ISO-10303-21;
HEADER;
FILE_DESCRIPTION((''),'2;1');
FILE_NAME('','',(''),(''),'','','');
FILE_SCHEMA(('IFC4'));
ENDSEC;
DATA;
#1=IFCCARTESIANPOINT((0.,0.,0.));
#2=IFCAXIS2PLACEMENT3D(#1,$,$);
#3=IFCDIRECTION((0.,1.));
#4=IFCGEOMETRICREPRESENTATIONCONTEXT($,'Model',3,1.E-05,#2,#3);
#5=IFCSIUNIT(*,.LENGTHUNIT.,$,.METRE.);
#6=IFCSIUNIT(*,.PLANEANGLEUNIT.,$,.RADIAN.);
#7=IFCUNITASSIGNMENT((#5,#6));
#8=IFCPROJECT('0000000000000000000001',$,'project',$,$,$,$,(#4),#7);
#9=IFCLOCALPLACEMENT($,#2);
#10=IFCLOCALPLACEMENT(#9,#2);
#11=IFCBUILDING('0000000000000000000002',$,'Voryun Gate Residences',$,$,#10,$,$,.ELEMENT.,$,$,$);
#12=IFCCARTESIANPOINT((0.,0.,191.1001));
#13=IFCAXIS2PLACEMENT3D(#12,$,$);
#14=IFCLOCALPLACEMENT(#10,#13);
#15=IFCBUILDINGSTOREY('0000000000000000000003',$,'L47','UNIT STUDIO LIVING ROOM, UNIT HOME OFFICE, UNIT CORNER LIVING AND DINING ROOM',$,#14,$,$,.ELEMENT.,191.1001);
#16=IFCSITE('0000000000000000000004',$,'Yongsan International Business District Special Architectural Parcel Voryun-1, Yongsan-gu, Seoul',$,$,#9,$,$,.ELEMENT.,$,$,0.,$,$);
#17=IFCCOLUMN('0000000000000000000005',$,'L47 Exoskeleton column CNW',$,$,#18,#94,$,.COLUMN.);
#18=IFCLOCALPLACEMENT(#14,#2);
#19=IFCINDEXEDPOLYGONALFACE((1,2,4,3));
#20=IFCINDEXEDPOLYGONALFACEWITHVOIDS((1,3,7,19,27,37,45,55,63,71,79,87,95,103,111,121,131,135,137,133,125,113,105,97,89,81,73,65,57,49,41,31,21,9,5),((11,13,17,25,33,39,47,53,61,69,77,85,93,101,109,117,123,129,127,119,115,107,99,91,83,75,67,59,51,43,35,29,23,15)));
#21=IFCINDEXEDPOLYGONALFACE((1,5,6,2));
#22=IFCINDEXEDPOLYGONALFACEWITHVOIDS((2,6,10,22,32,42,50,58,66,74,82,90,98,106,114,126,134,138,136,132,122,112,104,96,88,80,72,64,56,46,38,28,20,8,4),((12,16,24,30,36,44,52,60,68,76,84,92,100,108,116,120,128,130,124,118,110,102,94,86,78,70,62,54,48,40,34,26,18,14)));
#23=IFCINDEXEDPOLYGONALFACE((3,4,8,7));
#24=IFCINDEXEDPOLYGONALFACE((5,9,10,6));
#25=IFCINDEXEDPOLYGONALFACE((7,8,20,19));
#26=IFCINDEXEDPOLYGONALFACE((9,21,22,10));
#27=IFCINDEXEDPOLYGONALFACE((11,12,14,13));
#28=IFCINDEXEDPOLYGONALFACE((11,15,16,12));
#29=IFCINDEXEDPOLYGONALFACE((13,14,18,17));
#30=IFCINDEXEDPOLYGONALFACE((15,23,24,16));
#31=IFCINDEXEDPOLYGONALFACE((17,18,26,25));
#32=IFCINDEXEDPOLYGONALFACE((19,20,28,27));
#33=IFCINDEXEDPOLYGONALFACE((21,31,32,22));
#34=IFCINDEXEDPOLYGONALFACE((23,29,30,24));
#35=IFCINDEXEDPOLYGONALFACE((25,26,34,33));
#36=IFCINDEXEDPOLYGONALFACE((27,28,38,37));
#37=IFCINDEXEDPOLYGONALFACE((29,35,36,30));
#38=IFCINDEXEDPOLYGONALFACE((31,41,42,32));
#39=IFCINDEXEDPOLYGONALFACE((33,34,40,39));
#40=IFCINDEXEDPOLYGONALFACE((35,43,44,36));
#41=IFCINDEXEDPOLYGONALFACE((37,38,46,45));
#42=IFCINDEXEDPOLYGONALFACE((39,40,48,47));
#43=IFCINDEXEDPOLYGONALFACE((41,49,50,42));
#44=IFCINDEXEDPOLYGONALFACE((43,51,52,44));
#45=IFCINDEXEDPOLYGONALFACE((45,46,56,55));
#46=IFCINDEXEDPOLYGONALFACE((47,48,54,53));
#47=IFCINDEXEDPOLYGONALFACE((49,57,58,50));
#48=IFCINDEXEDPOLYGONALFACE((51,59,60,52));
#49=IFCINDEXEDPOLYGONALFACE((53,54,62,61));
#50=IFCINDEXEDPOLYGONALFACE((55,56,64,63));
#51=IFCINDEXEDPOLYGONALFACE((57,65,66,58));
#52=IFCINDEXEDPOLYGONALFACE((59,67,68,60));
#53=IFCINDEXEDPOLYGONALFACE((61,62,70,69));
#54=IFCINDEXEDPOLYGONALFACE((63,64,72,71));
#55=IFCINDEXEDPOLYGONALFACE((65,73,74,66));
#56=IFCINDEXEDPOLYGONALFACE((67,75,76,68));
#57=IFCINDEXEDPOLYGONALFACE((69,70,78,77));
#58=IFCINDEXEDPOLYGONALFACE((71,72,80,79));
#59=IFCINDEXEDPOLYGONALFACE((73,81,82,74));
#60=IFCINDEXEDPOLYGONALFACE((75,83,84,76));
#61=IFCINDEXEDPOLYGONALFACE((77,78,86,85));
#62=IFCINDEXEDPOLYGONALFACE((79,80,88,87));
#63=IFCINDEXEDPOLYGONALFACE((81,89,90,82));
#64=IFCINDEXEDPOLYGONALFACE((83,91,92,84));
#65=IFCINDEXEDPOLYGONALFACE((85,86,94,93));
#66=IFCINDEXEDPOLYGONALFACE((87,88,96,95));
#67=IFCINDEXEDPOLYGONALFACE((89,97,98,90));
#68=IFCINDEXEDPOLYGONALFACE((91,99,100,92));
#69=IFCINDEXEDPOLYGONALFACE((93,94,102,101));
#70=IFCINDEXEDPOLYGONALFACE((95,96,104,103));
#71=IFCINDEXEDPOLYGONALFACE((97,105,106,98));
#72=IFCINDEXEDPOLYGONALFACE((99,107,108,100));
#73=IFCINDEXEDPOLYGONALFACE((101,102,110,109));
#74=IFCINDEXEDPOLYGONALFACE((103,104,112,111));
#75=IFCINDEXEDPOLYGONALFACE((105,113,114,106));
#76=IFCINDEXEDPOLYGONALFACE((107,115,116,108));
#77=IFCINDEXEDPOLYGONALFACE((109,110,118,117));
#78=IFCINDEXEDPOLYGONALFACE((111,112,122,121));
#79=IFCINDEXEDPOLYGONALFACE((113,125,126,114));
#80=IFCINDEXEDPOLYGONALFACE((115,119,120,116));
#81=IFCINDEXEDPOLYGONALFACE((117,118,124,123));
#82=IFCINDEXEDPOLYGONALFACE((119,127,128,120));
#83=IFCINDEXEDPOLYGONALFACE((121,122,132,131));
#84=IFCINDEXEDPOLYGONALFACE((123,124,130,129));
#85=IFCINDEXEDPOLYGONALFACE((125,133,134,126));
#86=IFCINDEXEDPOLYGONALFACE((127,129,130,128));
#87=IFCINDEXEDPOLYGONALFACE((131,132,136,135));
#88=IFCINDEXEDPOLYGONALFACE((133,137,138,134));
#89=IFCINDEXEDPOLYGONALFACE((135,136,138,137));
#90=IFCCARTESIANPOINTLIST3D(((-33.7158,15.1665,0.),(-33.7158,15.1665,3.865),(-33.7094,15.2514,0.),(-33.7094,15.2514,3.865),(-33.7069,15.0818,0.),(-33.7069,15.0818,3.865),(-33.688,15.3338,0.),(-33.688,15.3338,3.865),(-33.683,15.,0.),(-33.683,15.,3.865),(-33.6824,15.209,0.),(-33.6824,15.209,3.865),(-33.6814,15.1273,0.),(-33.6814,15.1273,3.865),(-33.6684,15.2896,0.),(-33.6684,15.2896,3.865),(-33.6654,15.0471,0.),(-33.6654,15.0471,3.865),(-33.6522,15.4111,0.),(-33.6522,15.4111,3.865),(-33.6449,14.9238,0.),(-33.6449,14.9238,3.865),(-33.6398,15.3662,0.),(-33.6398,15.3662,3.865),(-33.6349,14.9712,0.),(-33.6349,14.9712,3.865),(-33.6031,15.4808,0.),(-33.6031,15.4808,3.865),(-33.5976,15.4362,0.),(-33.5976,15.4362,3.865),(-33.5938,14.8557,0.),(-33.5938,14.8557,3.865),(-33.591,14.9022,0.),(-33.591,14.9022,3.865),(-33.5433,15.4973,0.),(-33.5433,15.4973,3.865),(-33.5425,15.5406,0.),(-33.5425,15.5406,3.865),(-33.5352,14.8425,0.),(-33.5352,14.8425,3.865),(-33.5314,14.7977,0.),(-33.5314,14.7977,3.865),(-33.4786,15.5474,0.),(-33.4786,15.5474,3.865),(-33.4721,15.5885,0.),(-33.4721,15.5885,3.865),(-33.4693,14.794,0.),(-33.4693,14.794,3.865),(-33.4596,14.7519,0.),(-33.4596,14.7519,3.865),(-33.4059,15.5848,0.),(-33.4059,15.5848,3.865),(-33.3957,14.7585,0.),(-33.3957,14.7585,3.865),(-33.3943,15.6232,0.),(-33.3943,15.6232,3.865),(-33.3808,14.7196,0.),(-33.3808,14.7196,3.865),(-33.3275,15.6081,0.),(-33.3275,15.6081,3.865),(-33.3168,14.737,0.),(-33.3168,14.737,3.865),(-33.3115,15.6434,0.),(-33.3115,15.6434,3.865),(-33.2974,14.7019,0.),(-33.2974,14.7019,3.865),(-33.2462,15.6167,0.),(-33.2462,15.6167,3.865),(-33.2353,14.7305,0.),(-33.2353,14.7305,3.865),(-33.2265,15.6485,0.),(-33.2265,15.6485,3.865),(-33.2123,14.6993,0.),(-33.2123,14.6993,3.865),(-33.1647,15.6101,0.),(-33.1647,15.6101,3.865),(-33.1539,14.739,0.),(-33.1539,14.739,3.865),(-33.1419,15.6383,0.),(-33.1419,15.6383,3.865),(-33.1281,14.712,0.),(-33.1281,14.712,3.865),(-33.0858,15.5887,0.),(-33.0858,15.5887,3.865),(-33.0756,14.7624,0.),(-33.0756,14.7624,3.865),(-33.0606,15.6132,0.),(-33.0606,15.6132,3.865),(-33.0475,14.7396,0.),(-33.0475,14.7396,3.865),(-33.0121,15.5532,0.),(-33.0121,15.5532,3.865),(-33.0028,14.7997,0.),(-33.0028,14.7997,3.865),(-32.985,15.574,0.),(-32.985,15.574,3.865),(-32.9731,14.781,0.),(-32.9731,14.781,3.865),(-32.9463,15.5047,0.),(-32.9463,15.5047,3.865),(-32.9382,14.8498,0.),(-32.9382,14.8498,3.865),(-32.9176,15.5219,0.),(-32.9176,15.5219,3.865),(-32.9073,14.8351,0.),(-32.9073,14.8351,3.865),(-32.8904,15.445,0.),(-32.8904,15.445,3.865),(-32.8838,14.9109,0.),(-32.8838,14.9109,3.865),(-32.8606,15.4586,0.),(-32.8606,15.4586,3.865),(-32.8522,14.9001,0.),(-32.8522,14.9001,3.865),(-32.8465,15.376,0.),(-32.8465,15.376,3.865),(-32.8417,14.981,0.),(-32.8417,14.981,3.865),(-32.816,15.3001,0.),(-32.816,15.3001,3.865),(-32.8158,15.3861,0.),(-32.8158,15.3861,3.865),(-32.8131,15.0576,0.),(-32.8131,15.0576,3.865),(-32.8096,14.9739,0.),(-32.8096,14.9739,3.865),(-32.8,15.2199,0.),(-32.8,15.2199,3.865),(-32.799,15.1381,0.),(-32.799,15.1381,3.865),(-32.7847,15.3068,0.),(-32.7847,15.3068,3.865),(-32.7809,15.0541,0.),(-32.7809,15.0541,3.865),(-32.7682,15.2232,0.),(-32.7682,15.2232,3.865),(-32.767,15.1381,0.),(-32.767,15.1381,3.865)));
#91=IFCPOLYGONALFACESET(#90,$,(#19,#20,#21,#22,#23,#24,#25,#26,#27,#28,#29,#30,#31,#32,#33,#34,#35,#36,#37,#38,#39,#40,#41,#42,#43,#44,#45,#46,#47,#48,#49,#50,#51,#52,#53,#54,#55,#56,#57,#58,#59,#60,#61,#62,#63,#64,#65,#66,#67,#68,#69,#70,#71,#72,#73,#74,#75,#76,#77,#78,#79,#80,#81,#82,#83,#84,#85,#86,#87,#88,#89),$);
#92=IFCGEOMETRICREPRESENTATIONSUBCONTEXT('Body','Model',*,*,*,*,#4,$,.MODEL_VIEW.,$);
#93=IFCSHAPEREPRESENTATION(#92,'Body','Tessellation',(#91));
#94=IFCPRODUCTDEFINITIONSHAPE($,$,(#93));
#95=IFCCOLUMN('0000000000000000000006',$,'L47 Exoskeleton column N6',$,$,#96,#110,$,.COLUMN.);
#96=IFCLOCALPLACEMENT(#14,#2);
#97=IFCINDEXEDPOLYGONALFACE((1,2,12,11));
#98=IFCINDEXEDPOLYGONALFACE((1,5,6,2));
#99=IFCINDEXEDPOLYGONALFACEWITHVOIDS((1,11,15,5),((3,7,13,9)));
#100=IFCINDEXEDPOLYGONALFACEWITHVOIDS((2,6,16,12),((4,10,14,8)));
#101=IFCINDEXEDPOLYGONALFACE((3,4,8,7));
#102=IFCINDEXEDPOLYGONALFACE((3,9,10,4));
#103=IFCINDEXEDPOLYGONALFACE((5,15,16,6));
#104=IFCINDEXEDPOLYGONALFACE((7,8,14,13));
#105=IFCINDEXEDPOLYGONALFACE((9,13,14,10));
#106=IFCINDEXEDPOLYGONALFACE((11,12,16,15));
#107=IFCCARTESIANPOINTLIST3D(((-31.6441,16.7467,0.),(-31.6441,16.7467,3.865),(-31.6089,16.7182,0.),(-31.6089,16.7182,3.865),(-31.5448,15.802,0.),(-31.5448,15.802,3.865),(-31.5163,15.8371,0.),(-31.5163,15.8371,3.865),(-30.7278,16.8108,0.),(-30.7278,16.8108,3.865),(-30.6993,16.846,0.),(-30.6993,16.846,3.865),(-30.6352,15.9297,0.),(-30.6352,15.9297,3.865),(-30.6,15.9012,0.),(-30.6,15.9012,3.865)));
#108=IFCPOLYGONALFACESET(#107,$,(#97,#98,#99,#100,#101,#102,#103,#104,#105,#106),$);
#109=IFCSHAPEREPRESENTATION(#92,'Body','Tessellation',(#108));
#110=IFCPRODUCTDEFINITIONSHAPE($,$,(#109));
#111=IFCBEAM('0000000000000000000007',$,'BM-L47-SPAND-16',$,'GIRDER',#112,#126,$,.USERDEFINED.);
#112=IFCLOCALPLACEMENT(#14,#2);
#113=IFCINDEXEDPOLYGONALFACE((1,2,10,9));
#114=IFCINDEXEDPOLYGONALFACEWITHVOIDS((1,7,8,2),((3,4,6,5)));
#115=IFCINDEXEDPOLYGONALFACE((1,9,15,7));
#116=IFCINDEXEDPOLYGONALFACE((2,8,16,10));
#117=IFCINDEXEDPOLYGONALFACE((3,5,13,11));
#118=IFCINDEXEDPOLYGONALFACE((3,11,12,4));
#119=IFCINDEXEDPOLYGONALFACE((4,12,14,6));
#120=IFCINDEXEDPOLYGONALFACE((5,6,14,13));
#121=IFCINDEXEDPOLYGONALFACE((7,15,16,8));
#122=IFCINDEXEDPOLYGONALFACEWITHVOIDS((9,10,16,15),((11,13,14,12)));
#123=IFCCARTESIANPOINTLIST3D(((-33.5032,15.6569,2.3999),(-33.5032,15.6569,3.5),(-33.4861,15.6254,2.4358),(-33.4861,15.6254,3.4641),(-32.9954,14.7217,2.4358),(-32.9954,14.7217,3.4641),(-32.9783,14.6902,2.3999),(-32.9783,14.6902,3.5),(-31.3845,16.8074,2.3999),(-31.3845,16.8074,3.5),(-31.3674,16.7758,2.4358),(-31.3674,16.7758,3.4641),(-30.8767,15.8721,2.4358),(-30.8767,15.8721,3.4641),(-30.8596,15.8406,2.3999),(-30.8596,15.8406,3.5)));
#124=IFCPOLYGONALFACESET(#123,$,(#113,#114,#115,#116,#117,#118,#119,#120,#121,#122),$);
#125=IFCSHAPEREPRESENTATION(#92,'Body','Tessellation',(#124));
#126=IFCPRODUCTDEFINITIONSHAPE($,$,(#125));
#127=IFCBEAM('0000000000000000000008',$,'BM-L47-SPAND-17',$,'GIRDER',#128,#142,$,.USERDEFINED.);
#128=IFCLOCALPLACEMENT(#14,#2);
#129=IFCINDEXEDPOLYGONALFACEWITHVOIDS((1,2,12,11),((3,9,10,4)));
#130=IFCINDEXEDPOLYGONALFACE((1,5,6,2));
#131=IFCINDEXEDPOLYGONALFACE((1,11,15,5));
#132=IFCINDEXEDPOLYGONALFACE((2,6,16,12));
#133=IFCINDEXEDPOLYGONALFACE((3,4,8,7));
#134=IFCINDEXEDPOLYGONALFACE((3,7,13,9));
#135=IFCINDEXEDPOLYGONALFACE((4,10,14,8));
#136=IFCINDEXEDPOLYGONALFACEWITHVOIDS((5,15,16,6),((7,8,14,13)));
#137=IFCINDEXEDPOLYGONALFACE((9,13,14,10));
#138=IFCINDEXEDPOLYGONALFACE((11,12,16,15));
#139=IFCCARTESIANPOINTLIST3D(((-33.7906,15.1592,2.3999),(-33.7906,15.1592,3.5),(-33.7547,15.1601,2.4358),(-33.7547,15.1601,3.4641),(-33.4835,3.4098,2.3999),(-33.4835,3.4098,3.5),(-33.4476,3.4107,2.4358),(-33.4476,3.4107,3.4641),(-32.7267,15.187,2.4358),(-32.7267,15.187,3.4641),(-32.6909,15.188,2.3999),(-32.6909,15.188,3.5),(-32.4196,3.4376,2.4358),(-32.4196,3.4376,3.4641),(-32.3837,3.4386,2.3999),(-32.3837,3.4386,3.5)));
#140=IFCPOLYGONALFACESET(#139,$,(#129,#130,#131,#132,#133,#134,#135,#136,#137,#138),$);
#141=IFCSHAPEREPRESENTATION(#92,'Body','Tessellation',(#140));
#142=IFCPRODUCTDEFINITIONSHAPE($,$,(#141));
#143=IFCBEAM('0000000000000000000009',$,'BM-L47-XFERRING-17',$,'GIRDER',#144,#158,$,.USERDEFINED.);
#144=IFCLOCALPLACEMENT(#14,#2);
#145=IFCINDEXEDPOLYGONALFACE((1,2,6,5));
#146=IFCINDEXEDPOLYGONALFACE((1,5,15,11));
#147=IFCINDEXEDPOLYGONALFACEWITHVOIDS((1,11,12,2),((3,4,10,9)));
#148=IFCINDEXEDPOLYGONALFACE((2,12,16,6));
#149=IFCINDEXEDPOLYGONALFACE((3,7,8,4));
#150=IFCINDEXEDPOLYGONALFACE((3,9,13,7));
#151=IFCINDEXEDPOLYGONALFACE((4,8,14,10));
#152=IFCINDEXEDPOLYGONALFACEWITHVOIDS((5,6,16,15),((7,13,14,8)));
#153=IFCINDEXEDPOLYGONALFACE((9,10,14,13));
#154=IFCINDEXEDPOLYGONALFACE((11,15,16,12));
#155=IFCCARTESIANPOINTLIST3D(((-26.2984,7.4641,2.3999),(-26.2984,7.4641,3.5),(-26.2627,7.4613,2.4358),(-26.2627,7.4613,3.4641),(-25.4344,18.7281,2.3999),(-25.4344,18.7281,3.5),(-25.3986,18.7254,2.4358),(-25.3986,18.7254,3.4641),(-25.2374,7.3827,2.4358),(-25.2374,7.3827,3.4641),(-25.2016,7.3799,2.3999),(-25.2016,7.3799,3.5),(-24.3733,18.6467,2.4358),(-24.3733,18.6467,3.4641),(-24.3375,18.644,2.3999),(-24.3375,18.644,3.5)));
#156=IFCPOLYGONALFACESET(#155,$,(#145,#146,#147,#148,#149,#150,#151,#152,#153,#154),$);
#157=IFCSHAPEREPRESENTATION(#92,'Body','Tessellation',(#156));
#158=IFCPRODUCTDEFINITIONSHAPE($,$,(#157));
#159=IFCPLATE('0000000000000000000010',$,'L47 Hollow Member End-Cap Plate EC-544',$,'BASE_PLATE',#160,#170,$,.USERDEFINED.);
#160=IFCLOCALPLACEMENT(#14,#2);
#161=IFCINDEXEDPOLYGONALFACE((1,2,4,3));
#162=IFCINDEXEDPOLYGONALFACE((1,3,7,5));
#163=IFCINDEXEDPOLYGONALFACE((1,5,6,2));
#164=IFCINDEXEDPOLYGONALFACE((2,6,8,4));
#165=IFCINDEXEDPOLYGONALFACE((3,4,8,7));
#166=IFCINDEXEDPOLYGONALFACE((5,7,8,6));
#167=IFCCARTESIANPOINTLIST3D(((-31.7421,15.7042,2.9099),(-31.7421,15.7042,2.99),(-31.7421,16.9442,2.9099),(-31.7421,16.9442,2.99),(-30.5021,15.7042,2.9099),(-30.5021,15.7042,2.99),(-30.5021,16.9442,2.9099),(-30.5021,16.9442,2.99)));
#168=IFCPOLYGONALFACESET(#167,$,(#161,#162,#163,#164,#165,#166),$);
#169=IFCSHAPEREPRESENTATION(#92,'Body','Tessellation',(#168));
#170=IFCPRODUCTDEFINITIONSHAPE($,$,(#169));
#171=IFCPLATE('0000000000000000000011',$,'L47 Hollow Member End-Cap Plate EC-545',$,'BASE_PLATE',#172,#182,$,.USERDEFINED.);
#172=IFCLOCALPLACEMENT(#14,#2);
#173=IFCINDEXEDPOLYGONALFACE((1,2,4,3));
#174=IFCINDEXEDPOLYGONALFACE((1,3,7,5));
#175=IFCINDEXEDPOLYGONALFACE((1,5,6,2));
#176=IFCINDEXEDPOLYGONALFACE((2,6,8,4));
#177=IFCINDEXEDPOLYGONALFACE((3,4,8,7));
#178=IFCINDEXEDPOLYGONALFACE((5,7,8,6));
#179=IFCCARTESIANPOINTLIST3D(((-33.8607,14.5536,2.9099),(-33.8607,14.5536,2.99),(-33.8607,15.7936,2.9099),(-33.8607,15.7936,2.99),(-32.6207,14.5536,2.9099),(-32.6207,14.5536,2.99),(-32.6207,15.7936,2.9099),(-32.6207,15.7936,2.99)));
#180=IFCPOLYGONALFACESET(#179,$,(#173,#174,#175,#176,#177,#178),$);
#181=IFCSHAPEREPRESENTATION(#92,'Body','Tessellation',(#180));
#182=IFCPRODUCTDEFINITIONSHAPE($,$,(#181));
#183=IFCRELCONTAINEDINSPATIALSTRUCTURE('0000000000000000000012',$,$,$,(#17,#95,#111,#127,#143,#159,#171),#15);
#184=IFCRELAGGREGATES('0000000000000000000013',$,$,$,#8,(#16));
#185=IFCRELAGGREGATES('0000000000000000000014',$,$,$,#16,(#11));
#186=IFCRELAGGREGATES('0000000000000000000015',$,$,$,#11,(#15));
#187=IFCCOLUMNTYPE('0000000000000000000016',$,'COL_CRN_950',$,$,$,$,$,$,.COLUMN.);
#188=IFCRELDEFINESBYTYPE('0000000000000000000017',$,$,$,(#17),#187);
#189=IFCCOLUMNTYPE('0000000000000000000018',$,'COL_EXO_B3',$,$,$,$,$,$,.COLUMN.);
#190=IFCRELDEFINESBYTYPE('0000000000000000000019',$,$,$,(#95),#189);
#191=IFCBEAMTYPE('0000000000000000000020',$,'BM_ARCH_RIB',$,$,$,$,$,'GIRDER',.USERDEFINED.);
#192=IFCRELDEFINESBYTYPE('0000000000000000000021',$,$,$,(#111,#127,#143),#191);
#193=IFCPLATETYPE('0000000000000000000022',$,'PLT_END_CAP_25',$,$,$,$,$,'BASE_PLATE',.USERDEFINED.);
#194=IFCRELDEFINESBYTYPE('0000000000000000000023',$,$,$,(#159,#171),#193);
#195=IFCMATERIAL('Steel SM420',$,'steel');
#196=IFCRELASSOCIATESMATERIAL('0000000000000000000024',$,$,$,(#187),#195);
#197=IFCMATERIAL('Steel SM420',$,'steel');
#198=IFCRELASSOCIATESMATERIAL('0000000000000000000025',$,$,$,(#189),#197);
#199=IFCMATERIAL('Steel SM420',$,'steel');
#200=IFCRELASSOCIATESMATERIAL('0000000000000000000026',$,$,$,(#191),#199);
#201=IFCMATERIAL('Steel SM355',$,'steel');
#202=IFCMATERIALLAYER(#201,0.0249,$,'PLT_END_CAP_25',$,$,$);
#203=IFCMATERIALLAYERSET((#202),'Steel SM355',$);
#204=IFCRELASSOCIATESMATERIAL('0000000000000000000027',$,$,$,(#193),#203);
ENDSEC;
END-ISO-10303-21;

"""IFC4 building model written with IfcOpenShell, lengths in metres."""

from ifc_helpers import new_model, si_unit, direction, frame, origin, origin_2d, place, context, subcontext, project, spatial, rectangle, hollow_rectangle, hollow_circle, extrude, material, layer, layer_set, material_profile, profile_set, type_object, element, save


model = new_model("IFC4")

# Units and contexts
model_context = context("Model", 3, precision=1e-05, world=origin(), true_north=direction((0.0, 1.0)))
body_context = subcontext(model_context, "Body", "Model", "MODEL_VIEW")
ifc_project = project(units=[si_unit("LENGTHUNIT", "METRE"), si_unit("PLANEANGLEUNIT", "RADIAN")], contexts=[model_context])

# Site, building, storey
site_placement = place(None, origin())
site = spatial("IfcSite", under=ifc_project, at=site_placement, Name="Yongsan International Business District Special Architectural Parcel Voryun-1, Yongsan-gu, Seoul", CompositionType="ELEMENT", RefElevation=0.0)
building_placement = place(site_placement, origin())
building = spatial("IfcBuilding", under=site, at=building_placement, Name="Voryun Gate Residences", CompositionType="ELEMENT")
storey_placement = place(building_placement, frame((0.0, 0.0, 191.1001)))
storey = spatial("IfcBuildingStorey", under=building, at=storey_placement, Name="L47", Description="UNIT STUDIO LIVING ROOM, UNIT HOME OFFICE, UNIT CORNER LIVING AND DINING ROOM", CompositionType="ELEMENT", Elevation=191.1001)

# Columns
ifc_material_1 = material(Name="Steel SM420", Category="steel")
ifc_material_profile_1 = material_profile(ifc_material_1, hollow_circle(Radius=0.4751, WallThickness=0.032, at=origin_2d()), Name="CHS-950x32")
ifc_profile_set_1 = profile_set([ifc_material_profile_1], Name="Steel SM420")
column_type_1 = type_object("IfcColumnType", Name="COL_CRN_950", PredefinedType="COLUMN", material=ifc_profile_set_1)
column_1_placement = place(storey_placement, frame((-33.2407, 15.1736, 0.0), z_axis=(0.0, 0.0, 1.0), x_axis=(0.994522, 0.104528, 0.0)))
element("IfcColumn", 1, at=column_1_placement, inside=storey, type_object=column_type_1, Name="L47 Exoskeleton column CNW", PredefinedType="COLUMN", context=body_context, shape_type="SweptSolid", body=[
    extrude(hollow_circle(Radius=0.4751, WallThickness=0.032, at=origin_2d()), origin(), (0.0, 0.0, 1.0), 3.865),
])
ifc_material_2 = material(Name="Steel SM420", Category="steel")
ifc_material_profile_2 = material_profile(ifc_material_2, hollow_rectangle(XDim=0.95, YDim=0.95, WallThickness=0.032, at=origin_2d()), Name="BOX-950x950x32")
ifc_profile_set_2 = profile_set([ifc_material_profile_2], Name="Steel SM420")
column_type_2 = type_object("IfcColumnType", Name="COL_EXO_B3", PredefinedType="COLUMN", material=ifc_profile_set_2)
column_2_placement = place(storey_placement, frame((-31.1221, 16.324, 0.0), z_axis=(0.0, 0.0, 1.0), x_axis=(0.994522, 0.104528, 0.0)))
element("IfcColumn", 2, at=column_2_placement, inside=storey, type_object=column_type_2, Name="L47 Exoskeleton column N6", PredefinedType="COLUMN", context=body_context, shape_type="SweptSolid", body=[
    extrude(hollow_rectangle(XDim=0.95, YDim=0.95, WallThickness=0.032, at=origin_2d()), origin(), (0.0, 0.0, 1.0), 3.865),
])

# Beams
ifc_material_3 = material(Name="Steel SM420", Category="steel")
ifc_material_profile_3 = material_profile(ifc_material_3, hollow_rectangle(XDim=1.1001, YDim=1.1001, WallThickness=0.0359, at=origin_2d()), Name="BOX-1100x1100x36")
ifc_profile_set_3 = profile_set([ifc_material_profile_3], Name="Steel SM420")
beam_type = type_object("IfcBeamType", Name="BM_ARCH_RIB", ElementType="GIRDER", PredefinedType="USERDEFINED", material=ifc_profile_set_3)
beam_1_placement = place(storey_placement, frame((-31.1221, 16.324, 2.95), z_axis=(-0.878807, -0.477177, 0.0), x_axis=(0.477177, -0.878807, 0.0)))
element("IfcBeam", 3, at=beam_1_placement, inside=storey, type_object=beam_type, Name="BM-L47-SPAND-16", ObjectType="GIRDER", PredefinedType="USERDEFINED", context=body_context, shape_type="SweptSolid", body=[
    extrude(hollow_rectangle(XDim=1.1001, YDim=1.1001, WallThickness=0.0359, at=origin_2d()), origin(), (0.0, 0.0, 1.0), 2.4109),
])
beam_2_placement = place(storey_placement, frame((-33.2407, 15.1736, 2.95), z_axis=(0.026131, -0.999659, 0.0), x_axis=(0.999659, 0.026131, 0.0)))
element("IfcBeam", 4, at=beam_2_placement, inside=storey, type_object=beam_type, Name="BM-L47-SPAND-17", ObjectType="GIRDER", PredefinedType="USERDEFINED", context=body_context, shape_type="SweptSolid", body=[
    extrude(hollow_rectangle(XDim=1.1001, YDim=1.1001, WallThickness=0.0359, at=origin_2d()), origin(), (0.0, 0.0, 1.0), 11.7534),
])
beam_3_placement = place(storey_placement, frame((-24.886, 18.686, 2.95), z_axis=(-0.076482, -0.997071, 0.0), x_axis=(0.997071, -0.076482, 0.0)))
element("IfcBeam", 5, at=beam_3_placement, inside=storey, type_object=beam_type, Name="BM-L47-XFERRING-17", ObjectType="GIRDER", PredefinedType="USERDEFINED", context=body_context, shape_type="SweptSolid", body=[
    extrude(hollow_rectangle(XDim=1.1001, YDim=1.1001, WallThickness=0.0359, at=origin_2d()), origin(), (0.0, 0.0, 1.0), 11.2971),
])

# Plates
ifc_material_4 = material(Name="Steel SM355", Category="steel")
ifc_layer_1 = layer(ifc_material_4, 0.0249, Name="PLT_END_CAP_25")
ifc_layer_set_1 = layer_set([ifc_layer_1], Name="Steel SM355")
plate_type_1 = type_object("IfcPlateType", Name="PLT_END_CAP_25", ElementType="BASE_PLATE", PredefinedType="USERDEFINED", material=ifc_layer_set_1)
for number, where, z_axis, x_axis, name in (
    (6, (-31.1221, 16.3242, 2.9099), (0.0, 0.0, 1.0), (1.0, 0.0, 0.0), "L47 Hollow Member End-Cap Plate EC-544"),
    (7, (-33.2407, 15.1736, 2.9099), (0.0, 0.0, 1.0), (1.0, 0.0, 0.0), "L47 Hollow Member End-Cap Plate EC-545"),
):
    element("IfcPlate", number, at=place(storey_placement, frame(where, z_axis=z_axis, x_axis=x_axis)), inside=storey, type_object=plate_type_1, Name=name, ObjectType="BASE_PLATE", PredefinedType="USERDEFINED", context=body_context, shape_type="SweptSolid", body=[
        extrude(rectangle(XDim=1.24, YDim=1.24, at=origin_2d()), origin(), (0.0, 0.0, 1.0), 0.0801),
    ])

save(model, "model.ifc")
